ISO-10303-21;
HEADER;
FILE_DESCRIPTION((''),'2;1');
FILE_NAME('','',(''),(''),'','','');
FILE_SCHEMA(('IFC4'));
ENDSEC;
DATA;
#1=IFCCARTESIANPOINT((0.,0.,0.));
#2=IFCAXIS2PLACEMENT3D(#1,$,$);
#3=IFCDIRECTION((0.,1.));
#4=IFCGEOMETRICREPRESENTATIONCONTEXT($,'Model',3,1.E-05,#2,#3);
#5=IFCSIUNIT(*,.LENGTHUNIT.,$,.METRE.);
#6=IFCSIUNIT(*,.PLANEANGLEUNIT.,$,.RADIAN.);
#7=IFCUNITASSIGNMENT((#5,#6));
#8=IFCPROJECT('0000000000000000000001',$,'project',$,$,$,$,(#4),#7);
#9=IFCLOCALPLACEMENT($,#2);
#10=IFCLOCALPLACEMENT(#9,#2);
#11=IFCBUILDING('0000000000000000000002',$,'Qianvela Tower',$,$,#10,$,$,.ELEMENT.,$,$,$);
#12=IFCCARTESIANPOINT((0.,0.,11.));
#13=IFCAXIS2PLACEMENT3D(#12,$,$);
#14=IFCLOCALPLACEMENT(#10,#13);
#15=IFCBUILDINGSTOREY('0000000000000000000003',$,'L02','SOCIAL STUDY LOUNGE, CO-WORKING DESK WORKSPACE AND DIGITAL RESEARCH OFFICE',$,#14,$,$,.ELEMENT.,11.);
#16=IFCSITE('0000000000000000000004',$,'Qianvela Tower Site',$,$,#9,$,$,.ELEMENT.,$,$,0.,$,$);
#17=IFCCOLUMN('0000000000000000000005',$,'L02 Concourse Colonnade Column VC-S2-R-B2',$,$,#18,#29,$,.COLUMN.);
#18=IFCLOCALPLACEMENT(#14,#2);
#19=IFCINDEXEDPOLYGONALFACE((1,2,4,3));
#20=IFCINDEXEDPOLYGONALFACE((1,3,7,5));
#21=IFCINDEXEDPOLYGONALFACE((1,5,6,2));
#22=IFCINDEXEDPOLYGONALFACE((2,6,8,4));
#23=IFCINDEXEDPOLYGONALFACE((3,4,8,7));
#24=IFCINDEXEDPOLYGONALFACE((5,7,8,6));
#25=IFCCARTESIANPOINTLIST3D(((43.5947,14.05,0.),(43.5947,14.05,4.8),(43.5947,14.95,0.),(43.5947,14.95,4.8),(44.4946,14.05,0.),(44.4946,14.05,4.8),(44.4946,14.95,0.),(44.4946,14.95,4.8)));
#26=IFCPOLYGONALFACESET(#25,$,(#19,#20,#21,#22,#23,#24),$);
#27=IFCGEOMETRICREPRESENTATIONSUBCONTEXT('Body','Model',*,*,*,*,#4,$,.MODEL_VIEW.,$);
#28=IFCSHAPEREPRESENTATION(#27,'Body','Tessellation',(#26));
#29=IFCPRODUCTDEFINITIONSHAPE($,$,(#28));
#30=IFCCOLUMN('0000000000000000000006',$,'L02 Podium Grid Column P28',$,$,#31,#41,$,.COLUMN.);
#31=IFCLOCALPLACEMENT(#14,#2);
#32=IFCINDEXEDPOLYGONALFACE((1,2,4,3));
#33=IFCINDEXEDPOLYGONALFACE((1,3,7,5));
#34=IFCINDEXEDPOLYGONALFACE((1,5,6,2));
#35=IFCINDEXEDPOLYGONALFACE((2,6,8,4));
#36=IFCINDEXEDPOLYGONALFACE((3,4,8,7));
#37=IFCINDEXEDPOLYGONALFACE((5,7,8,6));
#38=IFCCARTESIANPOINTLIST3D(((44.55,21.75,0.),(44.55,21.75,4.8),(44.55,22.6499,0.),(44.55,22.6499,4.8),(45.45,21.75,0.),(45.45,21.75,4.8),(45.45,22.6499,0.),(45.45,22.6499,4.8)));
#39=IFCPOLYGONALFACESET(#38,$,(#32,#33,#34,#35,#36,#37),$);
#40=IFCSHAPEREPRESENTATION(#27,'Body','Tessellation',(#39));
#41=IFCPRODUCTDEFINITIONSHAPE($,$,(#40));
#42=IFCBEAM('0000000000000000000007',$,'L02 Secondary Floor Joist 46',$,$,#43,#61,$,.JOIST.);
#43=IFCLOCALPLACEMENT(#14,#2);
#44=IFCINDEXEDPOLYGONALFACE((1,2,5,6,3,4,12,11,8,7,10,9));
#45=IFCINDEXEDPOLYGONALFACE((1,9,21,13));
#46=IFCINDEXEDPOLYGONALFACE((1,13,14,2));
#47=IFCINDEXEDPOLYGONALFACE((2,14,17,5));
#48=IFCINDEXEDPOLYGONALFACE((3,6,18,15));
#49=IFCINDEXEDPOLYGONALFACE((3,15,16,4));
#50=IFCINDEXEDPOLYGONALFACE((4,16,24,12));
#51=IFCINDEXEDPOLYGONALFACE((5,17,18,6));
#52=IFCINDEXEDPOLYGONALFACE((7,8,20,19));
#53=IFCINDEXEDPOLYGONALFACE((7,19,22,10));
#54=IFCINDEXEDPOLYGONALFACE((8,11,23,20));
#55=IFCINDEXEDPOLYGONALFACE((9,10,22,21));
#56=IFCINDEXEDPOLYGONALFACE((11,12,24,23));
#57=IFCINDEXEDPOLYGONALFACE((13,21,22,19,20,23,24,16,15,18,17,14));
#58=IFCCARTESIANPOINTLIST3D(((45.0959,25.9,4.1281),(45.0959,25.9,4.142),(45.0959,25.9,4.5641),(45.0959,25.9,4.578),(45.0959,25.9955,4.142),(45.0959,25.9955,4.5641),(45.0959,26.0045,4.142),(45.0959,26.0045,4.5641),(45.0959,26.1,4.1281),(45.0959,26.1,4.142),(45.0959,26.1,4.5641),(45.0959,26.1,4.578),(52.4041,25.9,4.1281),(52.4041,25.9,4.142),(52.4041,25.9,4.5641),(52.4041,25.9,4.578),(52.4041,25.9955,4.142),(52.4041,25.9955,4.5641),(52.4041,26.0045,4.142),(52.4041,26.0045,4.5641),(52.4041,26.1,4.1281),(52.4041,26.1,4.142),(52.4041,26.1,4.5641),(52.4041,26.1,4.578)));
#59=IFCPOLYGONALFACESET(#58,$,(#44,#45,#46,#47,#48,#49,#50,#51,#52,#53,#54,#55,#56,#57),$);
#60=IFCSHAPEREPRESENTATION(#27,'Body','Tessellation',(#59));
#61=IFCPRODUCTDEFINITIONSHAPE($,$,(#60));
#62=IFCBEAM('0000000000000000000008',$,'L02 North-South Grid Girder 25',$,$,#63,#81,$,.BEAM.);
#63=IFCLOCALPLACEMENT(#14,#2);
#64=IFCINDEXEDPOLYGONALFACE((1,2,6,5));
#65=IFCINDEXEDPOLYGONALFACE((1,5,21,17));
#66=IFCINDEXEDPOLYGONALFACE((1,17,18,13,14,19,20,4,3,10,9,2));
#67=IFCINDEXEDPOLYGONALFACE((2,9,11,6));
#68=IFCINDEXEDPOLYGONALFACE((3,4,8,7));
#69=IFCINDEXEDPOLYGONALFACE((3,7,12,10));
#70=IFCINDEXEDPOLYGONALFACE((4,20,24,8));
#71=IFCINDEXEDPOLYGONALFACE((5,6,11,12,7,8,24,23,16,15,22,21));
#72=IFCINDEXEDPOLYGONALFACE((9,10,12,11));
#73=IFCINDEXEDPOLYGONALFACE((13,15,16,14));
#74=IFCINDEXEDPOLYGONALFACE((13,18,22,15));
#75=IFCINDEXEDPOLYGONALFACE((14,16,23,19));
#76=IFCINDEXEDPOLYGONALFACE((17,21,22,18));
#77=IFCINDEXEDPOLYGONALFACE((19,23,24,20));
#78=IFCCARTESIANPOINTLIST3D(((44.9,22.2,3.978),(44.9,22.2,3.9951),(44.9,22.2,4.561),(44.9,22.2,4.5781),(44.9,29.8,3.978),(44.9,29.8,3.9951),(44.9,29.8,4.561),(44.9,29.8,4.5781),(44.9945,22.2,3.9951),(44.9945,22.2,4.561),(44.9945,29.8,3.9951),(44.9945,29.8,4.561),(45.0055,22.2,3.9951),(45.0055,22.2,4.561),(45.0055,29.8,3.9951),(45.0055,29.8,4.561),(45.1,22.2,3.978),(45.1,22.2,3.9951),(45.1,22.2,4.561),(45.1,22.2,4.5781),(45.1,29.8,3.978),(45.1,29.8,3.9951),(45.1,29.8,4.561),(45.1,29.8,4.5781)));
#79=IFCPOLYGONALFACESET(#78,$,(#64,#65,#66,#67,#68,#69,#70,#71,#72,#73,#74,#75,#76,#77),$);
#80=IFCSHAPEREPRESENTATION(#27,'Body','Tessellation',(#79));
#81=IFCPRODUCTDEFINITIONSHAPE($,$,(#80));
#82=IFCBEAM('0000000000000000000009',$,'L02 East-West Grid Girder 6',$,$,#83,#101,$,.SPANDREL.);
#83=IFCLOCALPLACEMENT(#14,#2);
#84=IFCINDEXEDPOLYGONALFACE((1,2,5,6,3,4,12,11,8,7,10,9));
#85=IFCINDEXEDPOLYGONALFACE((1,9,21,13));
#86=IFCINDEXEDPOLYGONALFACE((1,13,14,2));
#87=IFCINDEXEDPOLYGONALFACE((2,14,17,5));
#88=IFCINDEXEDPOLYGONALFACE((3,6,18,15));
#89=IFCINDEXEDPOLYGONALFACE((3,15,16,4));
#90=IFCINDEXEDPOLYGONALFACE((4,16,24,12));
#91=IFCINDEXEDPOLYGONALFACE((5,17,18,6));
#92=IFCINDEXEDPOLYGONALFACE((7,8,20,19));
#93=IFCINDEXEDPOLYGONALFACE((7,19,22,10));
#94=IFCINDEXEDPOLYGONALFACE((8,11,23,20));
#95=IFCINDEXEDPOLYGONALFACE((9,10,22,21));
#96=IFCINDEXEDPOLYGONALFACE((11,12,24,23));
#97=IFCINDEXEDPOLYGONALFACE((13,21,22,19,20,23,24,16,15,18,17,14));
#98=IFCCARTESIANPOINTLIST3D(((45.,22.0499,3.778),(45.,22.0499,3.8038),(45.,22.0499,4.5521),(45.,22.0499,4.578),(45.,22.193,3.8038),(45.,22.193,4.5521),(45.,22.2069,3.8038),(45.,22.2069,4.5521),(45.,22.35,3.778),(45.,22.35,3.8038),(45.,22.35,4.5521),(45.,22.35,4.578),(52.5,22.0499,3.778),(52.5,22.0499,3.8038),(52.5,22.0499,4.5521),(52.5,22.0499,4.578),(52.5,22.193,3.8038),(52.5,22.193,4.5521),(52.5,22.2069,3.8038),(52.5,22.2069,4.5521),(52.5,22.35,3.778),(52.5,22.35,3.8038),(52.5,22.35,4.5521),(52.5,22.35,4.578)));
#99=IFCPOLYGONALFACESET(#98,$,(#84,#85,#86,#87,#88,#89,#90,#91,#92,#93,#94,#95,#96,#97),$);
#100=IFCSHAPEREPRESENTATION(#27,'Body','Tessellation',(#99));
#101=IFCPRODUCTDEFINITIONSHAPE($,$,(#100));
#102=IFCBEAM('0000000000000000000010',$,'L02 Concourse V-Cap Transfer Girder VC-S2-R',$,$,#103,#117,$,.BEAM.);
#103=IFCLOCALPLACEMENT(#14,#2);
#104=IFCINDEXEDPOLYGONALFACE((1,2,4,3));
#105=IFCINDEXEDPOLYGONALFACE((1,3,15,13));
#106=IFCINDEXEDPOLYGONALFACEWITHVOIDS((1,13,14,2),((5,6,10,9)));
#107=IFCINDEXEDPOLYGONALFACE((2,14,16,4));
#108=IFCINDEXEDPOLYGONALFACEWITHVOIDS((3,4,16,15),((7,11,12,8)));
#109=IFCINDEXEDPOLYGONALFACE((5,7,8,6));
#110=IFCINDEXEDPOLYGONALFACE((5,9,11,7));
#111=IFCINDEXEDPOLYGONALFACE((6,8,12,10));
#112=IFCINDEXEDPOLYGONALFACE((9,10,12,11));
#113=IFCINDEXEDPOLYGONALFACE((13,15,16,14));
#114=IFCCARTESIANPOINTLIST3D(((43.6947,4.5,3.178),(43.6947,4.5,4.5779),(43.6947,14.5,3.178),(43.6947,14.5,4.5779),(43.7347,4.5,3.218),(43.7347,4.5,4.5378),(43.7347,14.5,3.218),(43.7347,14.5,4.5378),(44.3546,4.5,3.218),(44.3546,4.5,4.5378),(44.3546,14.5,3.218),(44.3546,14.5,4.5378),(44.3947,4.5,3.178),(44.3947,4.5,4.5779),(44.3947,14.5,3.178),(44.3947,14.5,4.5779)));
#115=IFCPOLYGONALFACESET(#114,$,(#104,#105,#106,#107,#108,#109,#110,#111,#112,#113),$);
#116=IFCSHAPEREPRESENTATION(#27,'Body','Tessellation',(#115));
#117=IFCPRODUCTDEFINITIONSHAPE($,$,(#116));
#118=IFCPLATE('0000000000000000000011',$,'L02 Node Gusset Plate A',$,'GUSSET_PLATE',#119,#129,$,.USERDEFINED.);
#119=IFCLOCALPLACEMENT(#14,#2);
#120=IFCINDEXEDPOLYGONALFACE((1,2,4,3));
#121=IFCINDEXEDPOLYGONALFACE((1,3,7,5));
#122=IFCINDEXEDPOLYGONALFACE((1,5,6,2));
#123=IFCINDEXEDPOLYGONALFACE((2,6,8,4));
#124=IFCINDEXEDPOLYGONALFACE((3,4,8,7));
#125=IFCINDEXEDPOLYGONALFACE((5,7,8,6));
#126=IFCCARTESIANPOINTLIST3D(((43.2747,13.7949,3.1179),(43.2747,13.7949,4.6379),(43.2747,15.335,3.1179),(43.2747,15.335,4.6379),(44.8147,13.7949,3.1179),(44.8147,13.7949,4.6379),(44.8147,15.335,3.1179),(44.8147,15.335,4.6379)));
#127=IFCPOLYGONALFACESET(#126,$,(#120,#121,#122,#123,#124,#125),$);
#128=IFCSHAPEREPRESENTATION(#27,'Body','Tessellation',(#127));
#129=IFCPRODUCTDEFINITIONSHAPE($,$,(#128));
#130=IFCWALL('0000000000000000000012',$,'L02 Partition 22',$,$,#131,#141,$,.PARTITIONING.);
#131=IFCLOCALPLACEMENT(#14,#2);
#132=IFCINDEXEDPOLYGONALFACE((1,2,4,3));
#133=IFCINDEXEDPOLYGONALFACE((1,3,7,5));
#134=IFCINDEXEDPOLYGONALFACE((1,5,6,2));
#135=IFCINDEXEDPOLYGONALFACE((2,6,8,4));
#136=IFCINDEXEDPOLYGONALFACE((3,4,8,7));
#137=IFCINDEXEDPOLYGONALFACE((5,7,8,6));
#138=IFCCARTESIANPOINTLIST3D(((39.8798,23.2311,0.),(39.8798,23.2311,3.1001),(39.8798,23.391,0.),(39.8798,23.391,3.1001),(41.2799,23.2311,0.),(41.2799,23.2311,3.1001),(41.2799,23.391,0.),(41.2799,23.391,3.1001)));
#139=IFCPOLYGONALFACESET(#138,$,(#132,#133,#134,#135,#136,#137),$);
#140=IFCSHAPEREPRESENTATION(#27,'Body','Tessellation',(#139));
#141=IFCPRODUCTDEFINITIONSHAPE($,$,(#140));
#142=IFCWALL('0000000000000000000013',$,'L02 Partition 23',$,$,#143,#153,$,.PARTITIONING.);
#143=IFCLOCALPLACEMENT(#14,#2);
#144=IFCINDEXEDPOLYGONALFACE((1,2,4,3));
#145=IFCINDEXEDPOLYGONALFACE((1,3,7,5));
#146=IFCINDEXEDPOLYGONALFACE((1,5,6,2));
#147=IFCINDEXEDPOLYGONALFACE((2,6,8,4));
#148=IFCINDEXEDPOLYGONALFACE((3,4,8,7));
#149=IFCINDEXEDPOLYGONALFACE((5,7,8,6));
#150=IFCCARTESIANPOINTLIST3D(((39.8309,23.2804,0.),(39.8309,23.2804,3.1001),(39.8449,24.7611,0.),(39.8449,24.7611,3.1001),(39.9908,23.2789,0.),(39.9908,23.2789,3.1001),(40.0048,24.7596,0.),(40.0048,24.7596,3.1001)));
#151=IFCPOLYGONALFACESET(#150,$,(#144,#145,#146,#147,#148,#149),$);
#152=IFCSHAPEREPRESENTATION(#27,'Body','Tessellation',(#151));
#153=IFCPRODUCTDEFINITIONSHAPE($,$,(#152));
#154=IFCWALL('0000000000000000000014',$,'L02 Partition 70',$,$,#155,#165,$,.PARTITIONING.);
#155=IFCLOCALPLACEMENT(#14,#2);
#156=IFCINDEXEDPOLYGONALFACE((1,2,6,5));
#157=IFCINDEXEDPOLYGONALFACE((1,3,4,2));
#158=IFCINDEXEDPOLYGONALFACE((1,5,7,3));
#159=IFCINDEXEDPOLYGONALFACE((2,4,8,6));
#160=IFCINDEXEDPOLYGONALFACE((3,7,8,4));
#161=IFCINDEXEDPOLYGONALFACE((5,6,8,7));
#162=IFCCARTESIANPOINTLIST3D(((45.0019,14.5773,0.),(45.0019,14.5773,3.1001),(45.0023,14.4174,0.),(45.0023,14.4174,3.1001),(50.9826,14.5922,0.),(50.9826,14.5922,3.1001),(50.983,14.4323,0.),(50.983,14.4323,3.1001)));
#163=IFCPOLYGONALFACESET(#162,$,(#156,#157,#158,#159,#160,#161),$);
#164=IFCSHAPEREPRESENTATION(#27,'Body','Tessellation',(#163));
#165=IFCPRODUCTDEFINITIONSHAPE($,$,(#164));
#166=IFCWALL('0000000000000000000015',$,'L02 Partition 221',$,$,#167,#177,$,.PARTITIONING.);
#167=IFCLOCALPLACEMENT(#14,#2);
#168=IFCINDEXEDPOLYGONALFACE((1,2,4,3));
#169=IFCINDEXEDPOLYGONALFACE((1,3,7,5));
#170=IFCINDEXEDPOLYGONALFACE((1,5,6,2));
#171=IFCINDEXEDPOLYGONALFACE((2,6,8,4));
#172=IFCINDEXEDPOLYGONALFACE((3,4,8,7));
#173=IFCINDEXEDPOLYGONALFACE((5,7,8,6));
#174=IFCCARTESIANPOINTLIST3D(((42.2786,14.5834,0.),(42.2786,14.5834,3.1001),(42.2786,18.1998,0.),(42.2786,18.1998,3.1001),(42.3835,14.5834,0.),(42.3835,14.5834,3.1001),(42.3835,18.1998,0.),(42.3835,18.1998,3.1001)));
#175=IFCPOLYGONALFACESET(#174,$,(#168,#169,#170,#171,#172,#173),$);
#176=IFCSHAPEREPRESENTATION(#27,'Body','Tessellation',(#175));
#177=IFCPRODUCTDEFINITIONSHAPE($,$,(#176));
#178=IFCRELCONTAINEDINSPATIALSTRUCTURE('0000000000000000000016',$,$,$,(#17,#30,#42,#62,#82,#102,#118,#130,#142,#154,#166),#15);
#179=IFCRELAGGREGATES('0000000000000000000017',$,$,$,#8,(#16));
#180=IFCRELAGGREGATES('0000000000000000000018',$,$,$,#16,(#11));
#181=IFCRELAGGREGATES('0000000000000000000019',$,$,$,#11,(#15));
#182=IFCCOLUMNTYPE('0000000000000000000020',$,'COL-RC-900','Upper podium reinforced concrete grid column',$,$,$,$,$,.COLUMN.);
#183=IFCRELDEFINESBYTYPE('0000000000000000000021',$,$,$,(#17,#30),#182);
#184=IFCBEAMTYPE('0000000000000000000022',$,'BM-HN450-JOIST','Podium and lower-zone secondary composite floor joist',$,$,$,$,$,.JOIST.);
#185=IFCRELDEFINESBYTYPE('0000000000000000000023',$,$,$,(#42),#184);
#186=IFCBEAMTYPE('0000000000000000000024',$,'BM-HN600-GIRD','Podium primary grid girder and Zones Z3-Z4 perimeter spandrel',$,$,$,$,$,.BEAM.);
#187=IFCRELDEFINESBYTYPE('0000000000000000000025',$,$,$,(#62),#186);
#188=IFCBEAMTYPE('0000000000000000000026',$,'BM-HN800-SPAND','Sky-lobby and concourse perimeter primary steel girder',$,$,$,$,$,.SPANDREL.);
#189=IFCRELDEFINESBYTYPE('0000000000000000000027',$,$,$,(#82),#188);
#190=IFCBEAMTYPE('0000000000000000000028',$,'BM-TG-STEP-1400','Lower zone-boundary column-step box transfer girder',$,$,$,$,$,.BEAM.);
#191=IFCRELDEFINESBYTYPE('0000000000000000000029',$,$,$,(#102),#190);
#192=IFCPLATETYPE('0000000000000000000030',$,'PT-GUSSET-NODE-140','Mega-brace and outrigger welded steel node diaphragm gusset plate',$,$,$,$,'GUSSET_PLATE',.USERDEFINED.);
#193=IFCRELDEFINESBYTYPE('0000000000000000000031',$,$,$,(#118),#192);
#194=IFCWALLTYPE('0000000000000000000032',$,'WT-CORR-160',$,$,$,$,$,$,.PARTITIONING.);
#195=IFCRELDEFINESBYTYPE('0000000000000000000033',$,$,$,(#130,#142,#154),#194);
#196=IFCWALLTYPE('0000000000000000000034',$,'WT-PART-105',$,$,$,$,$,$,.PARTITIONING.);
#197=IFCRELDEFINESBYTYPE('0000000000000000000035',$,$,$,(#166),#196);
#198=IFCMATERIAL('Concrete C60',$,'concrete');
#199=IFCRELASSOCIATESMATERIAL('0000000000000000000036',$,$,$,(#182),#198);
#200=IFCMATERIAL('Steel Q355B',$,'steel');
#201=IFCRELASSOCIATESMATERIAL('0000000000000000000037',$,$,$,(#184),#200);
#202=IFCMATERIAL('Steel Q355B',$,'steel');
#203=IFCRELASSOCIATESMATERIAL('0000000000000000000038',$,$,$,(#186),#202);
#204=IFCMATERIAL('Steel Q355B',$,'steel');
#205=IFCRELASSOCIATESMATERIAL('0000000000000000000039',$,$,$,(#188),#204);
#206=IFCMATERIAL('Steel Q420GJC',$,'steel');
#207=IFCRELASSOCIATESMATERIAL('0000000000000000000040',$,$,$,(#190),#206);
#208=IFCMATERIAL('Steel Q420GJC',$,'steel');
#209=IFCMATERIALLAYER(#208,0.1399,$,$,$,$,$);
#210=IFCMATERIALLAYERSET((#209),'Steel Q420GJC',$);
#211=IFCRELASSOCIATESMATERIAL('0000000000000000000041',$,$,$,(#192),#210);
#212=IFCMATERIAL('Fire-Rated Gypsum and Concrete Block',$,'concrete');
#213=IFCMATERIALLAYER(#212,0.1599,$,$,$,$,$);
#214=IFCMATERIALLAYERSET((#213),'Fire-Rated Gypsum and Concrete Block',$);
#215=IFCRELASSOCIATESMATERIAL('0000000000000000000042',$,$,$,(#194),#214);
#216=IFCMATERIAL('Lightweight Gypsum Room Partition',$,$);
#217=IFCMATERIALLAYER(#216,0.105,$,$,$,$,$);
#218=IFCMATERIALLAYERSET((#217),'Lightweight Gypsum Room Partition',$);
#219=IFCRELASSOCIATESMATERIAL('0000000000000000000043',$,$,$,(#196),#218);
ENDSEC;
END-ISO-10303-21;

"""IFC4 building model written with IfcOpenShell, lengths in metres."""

from ifc_helpers import new_model, si_unit, direction, frame, frame_2d, origin, origin_2d, place, context, subcontext, project, spatial, rectangle, hollow_rectangle, i_section, extrude, material, layer, layer_set, material_profile, profile_set, type_object, element, save


model = new_model("IFC4")

# Units and contexts
model_context = context("Model", 3, precision=1e-05, world=origin(), true_north=direction((0.0, 1.0)))
body_context = subcontext(model_context, "Body", "Model", "MODEL_VIEW")
ifc_project = project(units=[si_unit("LENGTHUNIT", "METRE"), si_unit("PLANEANGLEUNIT", "RADIAN")], contexts=[model_context])

# Site, building, storey
site_placement = place(None, origin())
site = spatial("IfcSite", under=ifc_project, at=site_placement, Name="Qianvela Tower Site", CompositionType="ELEMENT", RefElevation=0.0)
building_placement = place(site_placement, origin())
building = spatial("IfcBuilding", under=site, at=building_placement, Name="Qianvela Tower", CompositionType="ELEMENT")
storey_placement = place(building_placement, frame((0.0, 0.0, 11.0)))
storey = spatial("IfcBuildingStorey", under=building, at=storey_placement, Name="L02", Description="SOCIAL STUDY LOUNGE, CO-WORKING DESK WORKSPACE AND DIGITAL RESEARCH OFFICE", CompositionType="ELEMENT", Elevation=11.0)

# Columns
ifc_material_1 = material(Name="Concrete C60", Category="concrete")
ifc_material_profile_1 = material_profile(ifc_material_1, rectangle(XDim=0.8999, YDim=0.8999, at=origin_2d()), Name="RC-COL-900x900")
ifc_profile_set_1 = profile_set([ifc_material_profile_1], Name="Concrete C60")
column_type = type_object("IfcColumnType", Name="COL-RC-900", Description="Upper podium reinforced concrete grid column", PredefinedType="COLUMN", material=ifc_profile_set_1)
for number, where, z_axis, x_axis, name in (
    (1, (44.0447, 14.5, 0.0), (0.0, 0.0, 1.0), (1.0, 0.0, 0.0), "L02 Concourse Colonnade Column VC-S2-R-B2"),
    (2, (45.0, 22.2, 0.0), (0.0, 0.0, 1.0), (1.0, 0.0, 0.0), "L02 Podium Grid Column P28"),
):
    element("IfcColumn", number, at=place(storey_placement, frame(where, z_axis=z_axis, x_axis=x_axis)), inside=storey, type_object=column_type, Name=name, PredefinedType="COLUMN", context=body_context, shape_type="SweptSolid", body=[
        extrude(rectangle(XDim=0.8999, YDim=0.8999, at=origin_2d()), origin(), (0.0, 0.0, 1.0), 4.8),
    ])

# Beams
ifc_material_2 = material(Name="Steel Q355B", Category="steel")
ifc_material_profile_2 = material_profile(ifc_material_2, i_section(OverallWidth=0.2, OverallDepth=0.45, WebThickness=0.009, FlangeThickness=0.0139, at=origin_2d()), Name="HN450x200x9x14")
ifc_profile_set_2 = profile_set([ifc_material_profile_2], Name="Steel Q355B")
beam_type_1 = type_object("IfcBeamType", Name="BM-HN450-JOIST", Description="Podium and lower-zone secondary composite floor joist", PredefinedType="JOIST", material=ifc_profile_set_2)
beam_1_placement = place(storey_placement, frame((45.0959, 26.0, 4.353), z_axis=(1.0, 0.0, 0.0), x_axis=(0.0, 1.0, 0.0)))
element("IfcBeam", 3, at=beam_1_placement, inside=storey, type_object=beam_type_1, Name="L02 Secondary Floor Joist 46", PredefinedType="JOIST", context=body_context, shape_type="SweptSolid", body=[
    extrude(i_section(OverallWidth=0.2, OverallDepth=0.45, WebThickness=0.009, FlangeThickness=0.0139, at=origin_2d()), origin(), (0.0, 0.0, 1.0), 7.3081),
])
ifc_material_3 = material(Name="Steel Q355B", Category="steel")
ifc_material_profile_3 = material_profile(ifc_material_3, i_section(OverallWidth=0.2, OverallDepth=0.6001, WebThickness=0.011, FlangeThickness=0.0171, at=origin_2d()), Name="HN600x200x11x17")
ifc_profile_set_3 = profile_set([ifc_material_profile_3], Name="Steel Q355B")
beam_type_2 = type_object("IfcBeamType", Name="BM-HN600-GIRD", Description="Podium primary grid girder and Zones Z3-Z4 perimeter spandrel", PredefinedType="BEAM", material=ifc_profile_set_3)
beam_2_placement = place(storey_placement, frame((45.0, 22.2, 4.2781), z_axis=(0.0, 1.0, 0.0), x_axis=(-1.0, 0.0, 0.0)))
element("IfcBeam", 4, at=beam_2_placement, inside=storey, type_object=beam_type_2, Name="L02 North-South Grid Girder 25", PredefinedType="BEAM", context=body_context, shape_type="SweptSolid", body=[
    extrude(i_section(OverallWidth=0.2, OverallDepth=0.6001, WebThickness=0.011, FlangeThickness=0.0171, at=origin_2d()), origin(), (0.0, 0.0, 1.0), 7.6001),
])
ifc_material_4 = material(Name="Steel Q355B", Category="steel")
ifc_material_profile_4 = material_profile(ifc_material_4, i_section(OverallWidth=0.3, OverallDepth=0.8, WebThickness=0.0139, FlangeThickness=0.0259, at=origin_2d()), Name="HN800x300x14x26")
ifc_profile_set_4 = profile_set([ifc_material_profile_4], Name="Steel Q355B")
beam_type_3 = type_object("IfcBeamType", Name="BM-HN800-SPAND", Description="Sky-lobby and concourse perimeter primary steel girder", PredefinedType="SPANDREL", material=ifc_profile_set_4)
beam_3_placement = place(storey_placement, frame((45.0, 22.2, 4.178), z_axis=(1.0, 0.0, 0.0), x_axis=(0.0, 1.0, 0.0)))
element("IfcBeam", 5, at=beam_3_placement, inside=storey, type_object=beam_type_3, Name="L02 East-West Grid Girder 6", PredefinedType="SPANDREL", context=body_context, shape_type="SweptSolid", body=[
    extrude(i_section(OverallWidth=0.3, OverallDepth=0.8, WebThickness=0.0139, FlangeThickness=0.0259, at=origin_2d()), origin(), (0.0, 0.0, 1.0), 7.5),
])
ifc_material_5 = material(Name="Steel Q420GJC", Category="steel")
ifc_material_profile_5 = material_profile(ifc_material_5, hollow_rectangle(XDim=0.7, YDim=1.3999, WallThickness=0.04, at=origin_2d()), Name="TG-BOX-1400x700x40")
ifc_profile_set_5 = profile_set([ifc_material_profile_5], Name="Steel Q420GJC")
beam_type_4 = type_object("IfcBeamType", Name="BM-TG-STEP-1400", Description="Lower zone-boundary column-step box transfer girder", PredefinedType="BEAM", material=ifc_profile_set_5)
beam_4_placement = place(storey_placement, frame((44.0447, 14.5, 3.8779), z_axis=(0.0, -1.0, 0.0), x_axis=(1.0, 0.0, 0.0)))
element("IfcBeam", 6, at=beam_4_placement, inside=storey, type_object=beam_type_4, Name="L02 Concourse V-Cap Transfer Girder VC-S2-R", PredefinedType="BEAM", context=body_context, shape_type="SweptSolid", body=[
    extrude(hollow_rectangle(XDim=0.7, YDim=1.3999, WallThickness=0.04, at=origin_2d()), origin(), (0.0, 0.0, 1.0), 10.0),
])

# Plate
ifc_material_6 = material(Name="Steel Q420GJC", Category="steel")
ifc_layer_1 = layer(ifc_material_6, 0.1399)
ifc_layer_set_1 = layer_set([ifc_layer_1], Name="Steel Q420GJC")
plate_type = type_object("IfcPlateType", Name="PT-GUSSET-NODE-140", Description="Mega-brace and outrigger welded steel node diaphragm gusset plate", ElementType="GUSSET_PLATE", PredefinedType="USERDEFINED", material=ifc_layer_set_1)
plate_placement = place(storey_placement, frame((44.0447, 14.5649, 3.1179), z_axis=(0.0, 0.0, 1.0), x_axis=(1.0, 0.0, 0.0)))
element("IfcPlate", 7, at=plate_placement, inside=storey, type_object=plate_type, Name="L02 Node Gusset Plate A", ObjectType="GUSSET_PLATE", PredefinedType="USERDEFINED", context=body_context, shape_type="SweptSolid", body=[
    extrude(rectangle(XDim=1.54, YDim=1.54, at=origin_2d()), origin(), (0.0, 0.0, 1.0), 1.52),
])

# Walls
ifc_material_7 = material(Name="Fire-Rated Gypsum and Concrete Block", Category="concrete")
ifc_layer_2 = layer(ifc_material_7, 0.1599)
ifc_layer_set_2 = layer_set([ifc_layer_2], Name="Fire-Rated Gypsum and Concrete Block")
wall_type_1 = type_object("IfcWallType", Name="WT-CORR-160", PredefinedType="PARTITIONING", material=ifc_layer_set_2)
wall_1_placement = place(storey_placement, frame((41.28, 23.311, 0.0), z_axis=(0.0, 0.0, 1.0), x_axis=(-1.0, 0.0, 0.0)))
element("IfcWall", 8, at=wall_1_placement, inside=storey, type_object=wall_type_1, Name="L02 Partition 22", PredefinedType="PARTITIONING", context=body_context, shape_type="SweptSolid", body=[
    extrude(rectangle(XDim=1.4001, YDim=0.1599, at=frame_2d((0.7002, 0.0))), origin(), (0.0, 0.0, 1.0), 3.1001),
])
wall_2_placement = place(storey_placement, frame((39.9109, 23.2798, 0.0), z_axis=(0.0, 0.0, 1.0), x_axis=(0.009398, 0.999956, 0.0)))
element("IfcWall", 9, at=wall_2_placement, inside=storey, type_object=wall_type_1, Name="L02 Partition 23", PredefinedType="PARTITIONING", context=body_context, shape_type="SweptSolid", body=[
    extrude(rectangle(XDim=1.4807, YDim=0.1599, at=frame_2d((0.7402, 0.0))), origin(), (0.0, 0.0, 1.0), 3.1001),
])
wall_3_placement = place(storey_placement, frame((45.0022, 14.4973, 0.0), z_axis=(0.0, 0.0, 1.0), x_axis=(0.999997, 0.00249, 0.0)))
element("IfcWall", 10, at=wall_3_placement, inside=storey, type_object=wall_type_1, Name="L02 Partition 70", PredefinedType="PARTITIONING", context=body_context, shape_type="SweptSolid", body=[
    extrude(rectangle(XDim=5.9807, YDim=0.1599, at=frame_2d((2.9902, 0.0))), origin(), (0.0, 0.0, 1.0), 3.1001),
])
ifc_material_8 = material(Name="Lightweight Gypsum Room Partition")
ifc_layer_3 = layer(ifc_material_8, 0.105)
ifc_layer_set_3 = layer_set([ifc_layer_3], Name="Lightweight Gypsum Room Partition")
wall_type_2 = type_object("IfcWallType", Name="WT-PART-105", PredefinedType="PARTITIONING", material=ifc_layer_set_3)
wall_4_placement = place(storey_placement, frame((42.3311, 14.5835, 0.0), z_axis=(0.0, 0.0, 1.0), x_axis=(0.0, 1.0, 0.0)))
element("IfcWall", 11, at=wall_4_placement, inside=storey, type_object=wall_type_2, Name="L02 Partition 221", PredefinedType="PARTITIONING", context=body_context, shape_type="SweptSolid", body=[
    extrude(rectangle(XDim=3.6165, YDim=0.105, at=frame_2d((1.8081, 0.0))), origin(), (0.0, 0.0, 1.0), 3.1001),
])

save(model, "model.ifc")
